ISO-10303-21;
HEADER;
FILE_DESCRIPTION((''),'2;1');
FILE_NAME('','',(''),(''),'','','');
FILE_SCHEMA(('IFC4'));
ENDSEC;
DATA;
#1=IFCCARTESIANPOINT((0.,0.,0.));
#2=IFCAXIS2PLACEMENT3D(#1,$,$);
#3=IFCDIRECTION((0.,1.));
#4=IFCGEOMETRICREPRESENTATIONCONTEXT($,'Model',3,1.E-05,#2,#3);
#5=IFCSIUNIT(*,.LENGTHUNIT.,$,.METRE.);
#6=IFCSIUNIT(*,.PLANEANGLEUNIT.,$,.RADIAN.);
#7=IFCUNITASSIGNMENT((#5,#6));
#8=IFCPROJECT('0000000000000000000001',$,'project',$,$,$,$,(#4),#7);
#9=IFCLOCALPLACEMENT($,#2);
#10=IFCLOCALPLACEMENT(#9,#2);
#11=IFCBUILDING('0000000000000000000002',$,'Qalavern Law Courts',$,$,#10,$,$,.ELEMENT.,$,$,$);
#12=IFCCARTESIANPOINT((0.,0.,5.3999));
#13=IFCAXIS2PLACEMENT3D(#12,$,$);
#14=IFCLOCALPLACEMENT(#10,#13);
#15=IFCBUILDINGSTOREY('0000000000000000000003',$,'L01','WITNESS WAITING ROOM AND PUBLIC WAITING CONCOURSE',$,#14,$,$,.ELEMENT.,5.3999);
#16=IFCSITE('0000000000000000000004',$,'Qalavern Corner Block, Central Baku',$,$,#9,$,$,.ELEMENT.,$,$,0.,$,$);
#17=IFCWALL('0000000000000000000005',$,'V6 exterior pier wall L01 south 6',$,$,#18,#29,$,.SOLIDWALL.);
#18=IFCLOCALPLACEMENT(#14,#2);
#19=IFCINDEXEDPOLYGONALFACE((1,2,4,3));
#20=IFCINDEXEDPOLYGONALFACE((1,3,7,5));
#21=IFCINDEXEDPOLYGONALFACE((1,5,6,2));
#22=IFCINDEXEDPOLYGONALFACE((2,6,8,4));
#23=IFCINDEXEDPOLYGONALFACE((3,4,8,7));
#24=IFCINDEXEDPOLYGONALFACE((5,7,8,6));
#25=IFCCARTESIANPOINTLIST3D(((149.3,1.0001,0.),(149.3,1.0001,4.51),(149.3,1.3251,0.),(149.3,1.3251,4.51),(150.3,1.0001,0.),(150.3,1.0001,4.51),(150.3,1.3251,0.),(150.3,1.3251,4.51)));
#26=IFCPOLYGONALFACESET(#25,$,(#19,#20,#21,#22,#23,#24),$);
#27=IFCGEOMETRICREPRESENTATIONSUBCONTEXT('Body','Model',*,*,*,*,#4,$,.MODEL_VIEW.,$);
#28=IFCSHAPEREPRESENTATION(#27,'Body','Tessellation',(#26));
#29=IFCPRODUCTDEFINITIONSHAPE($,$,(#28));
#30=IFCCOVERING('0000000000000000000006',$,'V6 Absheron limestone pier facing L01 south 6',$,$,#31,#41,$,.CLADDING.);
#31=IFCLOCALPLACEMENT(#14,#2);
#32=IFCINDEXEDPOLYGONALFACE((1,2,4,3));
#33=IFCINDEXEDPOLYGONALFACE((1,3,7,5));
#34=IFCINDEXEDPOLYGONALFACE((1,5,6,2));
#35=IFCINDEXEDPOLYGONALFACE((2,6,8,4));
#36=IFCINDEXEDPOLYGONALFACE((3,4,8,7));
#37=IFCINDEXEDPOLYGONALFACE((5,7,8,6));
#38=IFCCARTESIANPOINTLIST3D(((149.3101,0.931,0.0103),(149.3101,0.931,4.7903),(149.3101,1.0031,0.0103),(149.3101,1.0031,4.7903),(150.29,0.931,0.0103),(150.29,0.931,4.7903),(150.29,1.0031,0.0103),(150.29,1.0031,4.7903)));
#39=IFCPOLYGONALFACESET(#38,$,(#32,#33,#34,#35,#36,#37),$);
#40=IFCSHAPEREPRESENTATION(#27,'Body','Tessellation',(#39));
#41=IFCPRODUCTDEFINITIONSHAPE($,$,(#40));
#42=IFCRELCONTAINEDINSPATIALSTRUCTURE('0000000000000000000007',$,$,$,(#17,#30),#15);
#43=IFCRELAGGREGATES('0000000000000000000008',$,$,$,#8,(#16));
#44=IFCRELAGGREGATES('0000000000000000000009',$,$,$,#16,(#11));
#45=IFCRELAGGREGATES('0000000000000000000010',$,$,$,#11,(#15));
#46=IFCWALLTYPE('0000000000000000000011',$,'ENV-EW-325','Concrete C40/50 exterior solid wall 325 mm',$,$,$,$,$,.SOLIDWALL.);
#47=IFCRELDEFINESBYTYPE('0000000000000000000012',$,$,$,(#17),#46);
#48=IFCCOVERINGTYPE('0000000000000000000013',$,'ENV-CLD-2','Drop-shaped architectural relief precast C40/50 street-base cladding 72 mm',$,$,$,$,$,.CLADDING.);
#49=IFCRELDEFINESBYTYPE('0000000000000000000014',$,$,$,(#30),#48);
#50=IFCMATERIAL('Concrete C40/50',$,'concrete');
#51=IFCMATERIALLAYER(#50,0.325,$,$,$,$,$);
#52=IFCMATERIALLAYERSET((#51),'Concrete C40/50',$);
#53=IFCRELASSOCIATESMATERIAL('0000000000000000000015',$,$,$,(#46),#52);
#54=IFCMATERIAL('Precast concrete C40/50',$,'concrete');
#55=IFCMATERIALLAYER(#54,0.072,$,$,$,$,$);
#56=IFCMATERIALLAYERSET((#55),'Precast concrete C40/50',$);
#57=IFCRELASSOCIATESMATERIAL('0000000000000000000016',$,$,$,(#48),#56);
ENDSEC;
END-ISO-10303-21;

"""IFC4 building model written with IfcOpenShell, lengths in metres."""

from ifc_helpers import new_model, si_unit, direction, frame, frame_2d, origin, origin_2d, place, context, subcontext, project, spatial, rectangle, extrude, material, layer, layer_set, type_object, element, save


model = new_model("IFC4")

# Units and contexts
model_context = context("Model", 3, precision=1e-05, world=origin(), true_north=direction((0.0, 1.0)))
body_context = subcontext(model_context, "Body", "Model", "MODEL_VIEW")
ifc_project = project(units=[si_unit("LENGTHUNIT", "METRE"), si_unit("PLANEANGLEUNIT", "RADIAN")], contexts=[model_context])

# Site, building, storey
site_placement = place(None, origin())
site = spatial("IfcSite", under=ifc_project, at=site_placement, Name="Qalavern Corner Block, Central Baku", CompositionType="ELEMENT", RefElevation=0.0)
building_placement = place(site_placement, origin())
building = spatial("IfcBuilding", under=site, at=building_placement, Name="Qalavern Law Courts", CompositionType="ELEMENT")
storey_placement = place(building_placement, frame((0.0, 0.0, 5.3999)))
storey = spatial("IfcBuildingStorey", under=building, at=storey_placement, Name="L01", Description="WITNESS WAITING ROOM AND PUBLIC WAITING CONCOURSE", CompositionType="ELEMENT", Elevation=5.3999)

# Shared definitions
ifc_material_1 = material(Name="Concrete C40/50", Category="concrete")

# Wall
ifc_layer_1 = layer(ifc_material_1, 0.325)
ifc_layer_set_1 = layer_set([ifc_layer_1], Name="Concrete C40/50")
wall_type = type_object("IfcWallType", Name="ENV-EW-325", Description="Concrete C40/50 exterior solid wall 325 mm", PredefinedType="SOLIDWALL", material=ifc_layer_set_1)
wall_placement = place(storey_placement, frame((149.3, 1.1626, 0.0), z_axis=(0.0, 0.0, 1.0), x_axis=(1.0, 0.0, 0.0)))
element("IfcWall", 1, at=wall_placement, inside=storey, type_object=wall_type, Name="V6 exterior pier wall L01 south 6", PredefinedType="SOLIDWALL", context=body_context, shape_type="SweptSolid", body=[
    extrude(rectangle(XDim=1.0, YDim=0.325, at=frame_2d((0.5, 0.0))), origin(), (0.0, 0.0, 1.0), 4.51),
])

# Covering
ifc_material_2 = material(Name="Precast concrete C40/50", Category="concrete")
ifc_layer_2 = layer(ifc_material_2, 0.072)
ifc_layer_set_2 = layer_set([ifc_layer_2], Name="Precast concrete C40/50")
covering_type = type_object("IfcCoveringType", Name="ENV-CLD-2", Description="Drop-shaped architectural relief precast C40/50 street-base cladding 72 mm", PredefinedType="CLADDING", material=ifc_layer_set_2)
covering_placement = place(storey_placement, frame((149.8, 0.967, 0.0103), z_axis=(0.0, 0.0, 1.0), x_axis=(1.0, 0.0, 0.0)))
element("IfcCovering", 2, at=covering_placement, inside=storey, type_object=covering_type, Name="V6 Absheron limestone pier facing L01 south 6", PredefinedType="CLADDING", context=body_context, shape_type="SweptSolid", body=[
    extrude(rectangle(XDim=0.98, YDim=0.072, at=origin_2d()), origin(), (0.0, 0.0, 1.0), 4.78),
])

save(model, "model.ifc")
